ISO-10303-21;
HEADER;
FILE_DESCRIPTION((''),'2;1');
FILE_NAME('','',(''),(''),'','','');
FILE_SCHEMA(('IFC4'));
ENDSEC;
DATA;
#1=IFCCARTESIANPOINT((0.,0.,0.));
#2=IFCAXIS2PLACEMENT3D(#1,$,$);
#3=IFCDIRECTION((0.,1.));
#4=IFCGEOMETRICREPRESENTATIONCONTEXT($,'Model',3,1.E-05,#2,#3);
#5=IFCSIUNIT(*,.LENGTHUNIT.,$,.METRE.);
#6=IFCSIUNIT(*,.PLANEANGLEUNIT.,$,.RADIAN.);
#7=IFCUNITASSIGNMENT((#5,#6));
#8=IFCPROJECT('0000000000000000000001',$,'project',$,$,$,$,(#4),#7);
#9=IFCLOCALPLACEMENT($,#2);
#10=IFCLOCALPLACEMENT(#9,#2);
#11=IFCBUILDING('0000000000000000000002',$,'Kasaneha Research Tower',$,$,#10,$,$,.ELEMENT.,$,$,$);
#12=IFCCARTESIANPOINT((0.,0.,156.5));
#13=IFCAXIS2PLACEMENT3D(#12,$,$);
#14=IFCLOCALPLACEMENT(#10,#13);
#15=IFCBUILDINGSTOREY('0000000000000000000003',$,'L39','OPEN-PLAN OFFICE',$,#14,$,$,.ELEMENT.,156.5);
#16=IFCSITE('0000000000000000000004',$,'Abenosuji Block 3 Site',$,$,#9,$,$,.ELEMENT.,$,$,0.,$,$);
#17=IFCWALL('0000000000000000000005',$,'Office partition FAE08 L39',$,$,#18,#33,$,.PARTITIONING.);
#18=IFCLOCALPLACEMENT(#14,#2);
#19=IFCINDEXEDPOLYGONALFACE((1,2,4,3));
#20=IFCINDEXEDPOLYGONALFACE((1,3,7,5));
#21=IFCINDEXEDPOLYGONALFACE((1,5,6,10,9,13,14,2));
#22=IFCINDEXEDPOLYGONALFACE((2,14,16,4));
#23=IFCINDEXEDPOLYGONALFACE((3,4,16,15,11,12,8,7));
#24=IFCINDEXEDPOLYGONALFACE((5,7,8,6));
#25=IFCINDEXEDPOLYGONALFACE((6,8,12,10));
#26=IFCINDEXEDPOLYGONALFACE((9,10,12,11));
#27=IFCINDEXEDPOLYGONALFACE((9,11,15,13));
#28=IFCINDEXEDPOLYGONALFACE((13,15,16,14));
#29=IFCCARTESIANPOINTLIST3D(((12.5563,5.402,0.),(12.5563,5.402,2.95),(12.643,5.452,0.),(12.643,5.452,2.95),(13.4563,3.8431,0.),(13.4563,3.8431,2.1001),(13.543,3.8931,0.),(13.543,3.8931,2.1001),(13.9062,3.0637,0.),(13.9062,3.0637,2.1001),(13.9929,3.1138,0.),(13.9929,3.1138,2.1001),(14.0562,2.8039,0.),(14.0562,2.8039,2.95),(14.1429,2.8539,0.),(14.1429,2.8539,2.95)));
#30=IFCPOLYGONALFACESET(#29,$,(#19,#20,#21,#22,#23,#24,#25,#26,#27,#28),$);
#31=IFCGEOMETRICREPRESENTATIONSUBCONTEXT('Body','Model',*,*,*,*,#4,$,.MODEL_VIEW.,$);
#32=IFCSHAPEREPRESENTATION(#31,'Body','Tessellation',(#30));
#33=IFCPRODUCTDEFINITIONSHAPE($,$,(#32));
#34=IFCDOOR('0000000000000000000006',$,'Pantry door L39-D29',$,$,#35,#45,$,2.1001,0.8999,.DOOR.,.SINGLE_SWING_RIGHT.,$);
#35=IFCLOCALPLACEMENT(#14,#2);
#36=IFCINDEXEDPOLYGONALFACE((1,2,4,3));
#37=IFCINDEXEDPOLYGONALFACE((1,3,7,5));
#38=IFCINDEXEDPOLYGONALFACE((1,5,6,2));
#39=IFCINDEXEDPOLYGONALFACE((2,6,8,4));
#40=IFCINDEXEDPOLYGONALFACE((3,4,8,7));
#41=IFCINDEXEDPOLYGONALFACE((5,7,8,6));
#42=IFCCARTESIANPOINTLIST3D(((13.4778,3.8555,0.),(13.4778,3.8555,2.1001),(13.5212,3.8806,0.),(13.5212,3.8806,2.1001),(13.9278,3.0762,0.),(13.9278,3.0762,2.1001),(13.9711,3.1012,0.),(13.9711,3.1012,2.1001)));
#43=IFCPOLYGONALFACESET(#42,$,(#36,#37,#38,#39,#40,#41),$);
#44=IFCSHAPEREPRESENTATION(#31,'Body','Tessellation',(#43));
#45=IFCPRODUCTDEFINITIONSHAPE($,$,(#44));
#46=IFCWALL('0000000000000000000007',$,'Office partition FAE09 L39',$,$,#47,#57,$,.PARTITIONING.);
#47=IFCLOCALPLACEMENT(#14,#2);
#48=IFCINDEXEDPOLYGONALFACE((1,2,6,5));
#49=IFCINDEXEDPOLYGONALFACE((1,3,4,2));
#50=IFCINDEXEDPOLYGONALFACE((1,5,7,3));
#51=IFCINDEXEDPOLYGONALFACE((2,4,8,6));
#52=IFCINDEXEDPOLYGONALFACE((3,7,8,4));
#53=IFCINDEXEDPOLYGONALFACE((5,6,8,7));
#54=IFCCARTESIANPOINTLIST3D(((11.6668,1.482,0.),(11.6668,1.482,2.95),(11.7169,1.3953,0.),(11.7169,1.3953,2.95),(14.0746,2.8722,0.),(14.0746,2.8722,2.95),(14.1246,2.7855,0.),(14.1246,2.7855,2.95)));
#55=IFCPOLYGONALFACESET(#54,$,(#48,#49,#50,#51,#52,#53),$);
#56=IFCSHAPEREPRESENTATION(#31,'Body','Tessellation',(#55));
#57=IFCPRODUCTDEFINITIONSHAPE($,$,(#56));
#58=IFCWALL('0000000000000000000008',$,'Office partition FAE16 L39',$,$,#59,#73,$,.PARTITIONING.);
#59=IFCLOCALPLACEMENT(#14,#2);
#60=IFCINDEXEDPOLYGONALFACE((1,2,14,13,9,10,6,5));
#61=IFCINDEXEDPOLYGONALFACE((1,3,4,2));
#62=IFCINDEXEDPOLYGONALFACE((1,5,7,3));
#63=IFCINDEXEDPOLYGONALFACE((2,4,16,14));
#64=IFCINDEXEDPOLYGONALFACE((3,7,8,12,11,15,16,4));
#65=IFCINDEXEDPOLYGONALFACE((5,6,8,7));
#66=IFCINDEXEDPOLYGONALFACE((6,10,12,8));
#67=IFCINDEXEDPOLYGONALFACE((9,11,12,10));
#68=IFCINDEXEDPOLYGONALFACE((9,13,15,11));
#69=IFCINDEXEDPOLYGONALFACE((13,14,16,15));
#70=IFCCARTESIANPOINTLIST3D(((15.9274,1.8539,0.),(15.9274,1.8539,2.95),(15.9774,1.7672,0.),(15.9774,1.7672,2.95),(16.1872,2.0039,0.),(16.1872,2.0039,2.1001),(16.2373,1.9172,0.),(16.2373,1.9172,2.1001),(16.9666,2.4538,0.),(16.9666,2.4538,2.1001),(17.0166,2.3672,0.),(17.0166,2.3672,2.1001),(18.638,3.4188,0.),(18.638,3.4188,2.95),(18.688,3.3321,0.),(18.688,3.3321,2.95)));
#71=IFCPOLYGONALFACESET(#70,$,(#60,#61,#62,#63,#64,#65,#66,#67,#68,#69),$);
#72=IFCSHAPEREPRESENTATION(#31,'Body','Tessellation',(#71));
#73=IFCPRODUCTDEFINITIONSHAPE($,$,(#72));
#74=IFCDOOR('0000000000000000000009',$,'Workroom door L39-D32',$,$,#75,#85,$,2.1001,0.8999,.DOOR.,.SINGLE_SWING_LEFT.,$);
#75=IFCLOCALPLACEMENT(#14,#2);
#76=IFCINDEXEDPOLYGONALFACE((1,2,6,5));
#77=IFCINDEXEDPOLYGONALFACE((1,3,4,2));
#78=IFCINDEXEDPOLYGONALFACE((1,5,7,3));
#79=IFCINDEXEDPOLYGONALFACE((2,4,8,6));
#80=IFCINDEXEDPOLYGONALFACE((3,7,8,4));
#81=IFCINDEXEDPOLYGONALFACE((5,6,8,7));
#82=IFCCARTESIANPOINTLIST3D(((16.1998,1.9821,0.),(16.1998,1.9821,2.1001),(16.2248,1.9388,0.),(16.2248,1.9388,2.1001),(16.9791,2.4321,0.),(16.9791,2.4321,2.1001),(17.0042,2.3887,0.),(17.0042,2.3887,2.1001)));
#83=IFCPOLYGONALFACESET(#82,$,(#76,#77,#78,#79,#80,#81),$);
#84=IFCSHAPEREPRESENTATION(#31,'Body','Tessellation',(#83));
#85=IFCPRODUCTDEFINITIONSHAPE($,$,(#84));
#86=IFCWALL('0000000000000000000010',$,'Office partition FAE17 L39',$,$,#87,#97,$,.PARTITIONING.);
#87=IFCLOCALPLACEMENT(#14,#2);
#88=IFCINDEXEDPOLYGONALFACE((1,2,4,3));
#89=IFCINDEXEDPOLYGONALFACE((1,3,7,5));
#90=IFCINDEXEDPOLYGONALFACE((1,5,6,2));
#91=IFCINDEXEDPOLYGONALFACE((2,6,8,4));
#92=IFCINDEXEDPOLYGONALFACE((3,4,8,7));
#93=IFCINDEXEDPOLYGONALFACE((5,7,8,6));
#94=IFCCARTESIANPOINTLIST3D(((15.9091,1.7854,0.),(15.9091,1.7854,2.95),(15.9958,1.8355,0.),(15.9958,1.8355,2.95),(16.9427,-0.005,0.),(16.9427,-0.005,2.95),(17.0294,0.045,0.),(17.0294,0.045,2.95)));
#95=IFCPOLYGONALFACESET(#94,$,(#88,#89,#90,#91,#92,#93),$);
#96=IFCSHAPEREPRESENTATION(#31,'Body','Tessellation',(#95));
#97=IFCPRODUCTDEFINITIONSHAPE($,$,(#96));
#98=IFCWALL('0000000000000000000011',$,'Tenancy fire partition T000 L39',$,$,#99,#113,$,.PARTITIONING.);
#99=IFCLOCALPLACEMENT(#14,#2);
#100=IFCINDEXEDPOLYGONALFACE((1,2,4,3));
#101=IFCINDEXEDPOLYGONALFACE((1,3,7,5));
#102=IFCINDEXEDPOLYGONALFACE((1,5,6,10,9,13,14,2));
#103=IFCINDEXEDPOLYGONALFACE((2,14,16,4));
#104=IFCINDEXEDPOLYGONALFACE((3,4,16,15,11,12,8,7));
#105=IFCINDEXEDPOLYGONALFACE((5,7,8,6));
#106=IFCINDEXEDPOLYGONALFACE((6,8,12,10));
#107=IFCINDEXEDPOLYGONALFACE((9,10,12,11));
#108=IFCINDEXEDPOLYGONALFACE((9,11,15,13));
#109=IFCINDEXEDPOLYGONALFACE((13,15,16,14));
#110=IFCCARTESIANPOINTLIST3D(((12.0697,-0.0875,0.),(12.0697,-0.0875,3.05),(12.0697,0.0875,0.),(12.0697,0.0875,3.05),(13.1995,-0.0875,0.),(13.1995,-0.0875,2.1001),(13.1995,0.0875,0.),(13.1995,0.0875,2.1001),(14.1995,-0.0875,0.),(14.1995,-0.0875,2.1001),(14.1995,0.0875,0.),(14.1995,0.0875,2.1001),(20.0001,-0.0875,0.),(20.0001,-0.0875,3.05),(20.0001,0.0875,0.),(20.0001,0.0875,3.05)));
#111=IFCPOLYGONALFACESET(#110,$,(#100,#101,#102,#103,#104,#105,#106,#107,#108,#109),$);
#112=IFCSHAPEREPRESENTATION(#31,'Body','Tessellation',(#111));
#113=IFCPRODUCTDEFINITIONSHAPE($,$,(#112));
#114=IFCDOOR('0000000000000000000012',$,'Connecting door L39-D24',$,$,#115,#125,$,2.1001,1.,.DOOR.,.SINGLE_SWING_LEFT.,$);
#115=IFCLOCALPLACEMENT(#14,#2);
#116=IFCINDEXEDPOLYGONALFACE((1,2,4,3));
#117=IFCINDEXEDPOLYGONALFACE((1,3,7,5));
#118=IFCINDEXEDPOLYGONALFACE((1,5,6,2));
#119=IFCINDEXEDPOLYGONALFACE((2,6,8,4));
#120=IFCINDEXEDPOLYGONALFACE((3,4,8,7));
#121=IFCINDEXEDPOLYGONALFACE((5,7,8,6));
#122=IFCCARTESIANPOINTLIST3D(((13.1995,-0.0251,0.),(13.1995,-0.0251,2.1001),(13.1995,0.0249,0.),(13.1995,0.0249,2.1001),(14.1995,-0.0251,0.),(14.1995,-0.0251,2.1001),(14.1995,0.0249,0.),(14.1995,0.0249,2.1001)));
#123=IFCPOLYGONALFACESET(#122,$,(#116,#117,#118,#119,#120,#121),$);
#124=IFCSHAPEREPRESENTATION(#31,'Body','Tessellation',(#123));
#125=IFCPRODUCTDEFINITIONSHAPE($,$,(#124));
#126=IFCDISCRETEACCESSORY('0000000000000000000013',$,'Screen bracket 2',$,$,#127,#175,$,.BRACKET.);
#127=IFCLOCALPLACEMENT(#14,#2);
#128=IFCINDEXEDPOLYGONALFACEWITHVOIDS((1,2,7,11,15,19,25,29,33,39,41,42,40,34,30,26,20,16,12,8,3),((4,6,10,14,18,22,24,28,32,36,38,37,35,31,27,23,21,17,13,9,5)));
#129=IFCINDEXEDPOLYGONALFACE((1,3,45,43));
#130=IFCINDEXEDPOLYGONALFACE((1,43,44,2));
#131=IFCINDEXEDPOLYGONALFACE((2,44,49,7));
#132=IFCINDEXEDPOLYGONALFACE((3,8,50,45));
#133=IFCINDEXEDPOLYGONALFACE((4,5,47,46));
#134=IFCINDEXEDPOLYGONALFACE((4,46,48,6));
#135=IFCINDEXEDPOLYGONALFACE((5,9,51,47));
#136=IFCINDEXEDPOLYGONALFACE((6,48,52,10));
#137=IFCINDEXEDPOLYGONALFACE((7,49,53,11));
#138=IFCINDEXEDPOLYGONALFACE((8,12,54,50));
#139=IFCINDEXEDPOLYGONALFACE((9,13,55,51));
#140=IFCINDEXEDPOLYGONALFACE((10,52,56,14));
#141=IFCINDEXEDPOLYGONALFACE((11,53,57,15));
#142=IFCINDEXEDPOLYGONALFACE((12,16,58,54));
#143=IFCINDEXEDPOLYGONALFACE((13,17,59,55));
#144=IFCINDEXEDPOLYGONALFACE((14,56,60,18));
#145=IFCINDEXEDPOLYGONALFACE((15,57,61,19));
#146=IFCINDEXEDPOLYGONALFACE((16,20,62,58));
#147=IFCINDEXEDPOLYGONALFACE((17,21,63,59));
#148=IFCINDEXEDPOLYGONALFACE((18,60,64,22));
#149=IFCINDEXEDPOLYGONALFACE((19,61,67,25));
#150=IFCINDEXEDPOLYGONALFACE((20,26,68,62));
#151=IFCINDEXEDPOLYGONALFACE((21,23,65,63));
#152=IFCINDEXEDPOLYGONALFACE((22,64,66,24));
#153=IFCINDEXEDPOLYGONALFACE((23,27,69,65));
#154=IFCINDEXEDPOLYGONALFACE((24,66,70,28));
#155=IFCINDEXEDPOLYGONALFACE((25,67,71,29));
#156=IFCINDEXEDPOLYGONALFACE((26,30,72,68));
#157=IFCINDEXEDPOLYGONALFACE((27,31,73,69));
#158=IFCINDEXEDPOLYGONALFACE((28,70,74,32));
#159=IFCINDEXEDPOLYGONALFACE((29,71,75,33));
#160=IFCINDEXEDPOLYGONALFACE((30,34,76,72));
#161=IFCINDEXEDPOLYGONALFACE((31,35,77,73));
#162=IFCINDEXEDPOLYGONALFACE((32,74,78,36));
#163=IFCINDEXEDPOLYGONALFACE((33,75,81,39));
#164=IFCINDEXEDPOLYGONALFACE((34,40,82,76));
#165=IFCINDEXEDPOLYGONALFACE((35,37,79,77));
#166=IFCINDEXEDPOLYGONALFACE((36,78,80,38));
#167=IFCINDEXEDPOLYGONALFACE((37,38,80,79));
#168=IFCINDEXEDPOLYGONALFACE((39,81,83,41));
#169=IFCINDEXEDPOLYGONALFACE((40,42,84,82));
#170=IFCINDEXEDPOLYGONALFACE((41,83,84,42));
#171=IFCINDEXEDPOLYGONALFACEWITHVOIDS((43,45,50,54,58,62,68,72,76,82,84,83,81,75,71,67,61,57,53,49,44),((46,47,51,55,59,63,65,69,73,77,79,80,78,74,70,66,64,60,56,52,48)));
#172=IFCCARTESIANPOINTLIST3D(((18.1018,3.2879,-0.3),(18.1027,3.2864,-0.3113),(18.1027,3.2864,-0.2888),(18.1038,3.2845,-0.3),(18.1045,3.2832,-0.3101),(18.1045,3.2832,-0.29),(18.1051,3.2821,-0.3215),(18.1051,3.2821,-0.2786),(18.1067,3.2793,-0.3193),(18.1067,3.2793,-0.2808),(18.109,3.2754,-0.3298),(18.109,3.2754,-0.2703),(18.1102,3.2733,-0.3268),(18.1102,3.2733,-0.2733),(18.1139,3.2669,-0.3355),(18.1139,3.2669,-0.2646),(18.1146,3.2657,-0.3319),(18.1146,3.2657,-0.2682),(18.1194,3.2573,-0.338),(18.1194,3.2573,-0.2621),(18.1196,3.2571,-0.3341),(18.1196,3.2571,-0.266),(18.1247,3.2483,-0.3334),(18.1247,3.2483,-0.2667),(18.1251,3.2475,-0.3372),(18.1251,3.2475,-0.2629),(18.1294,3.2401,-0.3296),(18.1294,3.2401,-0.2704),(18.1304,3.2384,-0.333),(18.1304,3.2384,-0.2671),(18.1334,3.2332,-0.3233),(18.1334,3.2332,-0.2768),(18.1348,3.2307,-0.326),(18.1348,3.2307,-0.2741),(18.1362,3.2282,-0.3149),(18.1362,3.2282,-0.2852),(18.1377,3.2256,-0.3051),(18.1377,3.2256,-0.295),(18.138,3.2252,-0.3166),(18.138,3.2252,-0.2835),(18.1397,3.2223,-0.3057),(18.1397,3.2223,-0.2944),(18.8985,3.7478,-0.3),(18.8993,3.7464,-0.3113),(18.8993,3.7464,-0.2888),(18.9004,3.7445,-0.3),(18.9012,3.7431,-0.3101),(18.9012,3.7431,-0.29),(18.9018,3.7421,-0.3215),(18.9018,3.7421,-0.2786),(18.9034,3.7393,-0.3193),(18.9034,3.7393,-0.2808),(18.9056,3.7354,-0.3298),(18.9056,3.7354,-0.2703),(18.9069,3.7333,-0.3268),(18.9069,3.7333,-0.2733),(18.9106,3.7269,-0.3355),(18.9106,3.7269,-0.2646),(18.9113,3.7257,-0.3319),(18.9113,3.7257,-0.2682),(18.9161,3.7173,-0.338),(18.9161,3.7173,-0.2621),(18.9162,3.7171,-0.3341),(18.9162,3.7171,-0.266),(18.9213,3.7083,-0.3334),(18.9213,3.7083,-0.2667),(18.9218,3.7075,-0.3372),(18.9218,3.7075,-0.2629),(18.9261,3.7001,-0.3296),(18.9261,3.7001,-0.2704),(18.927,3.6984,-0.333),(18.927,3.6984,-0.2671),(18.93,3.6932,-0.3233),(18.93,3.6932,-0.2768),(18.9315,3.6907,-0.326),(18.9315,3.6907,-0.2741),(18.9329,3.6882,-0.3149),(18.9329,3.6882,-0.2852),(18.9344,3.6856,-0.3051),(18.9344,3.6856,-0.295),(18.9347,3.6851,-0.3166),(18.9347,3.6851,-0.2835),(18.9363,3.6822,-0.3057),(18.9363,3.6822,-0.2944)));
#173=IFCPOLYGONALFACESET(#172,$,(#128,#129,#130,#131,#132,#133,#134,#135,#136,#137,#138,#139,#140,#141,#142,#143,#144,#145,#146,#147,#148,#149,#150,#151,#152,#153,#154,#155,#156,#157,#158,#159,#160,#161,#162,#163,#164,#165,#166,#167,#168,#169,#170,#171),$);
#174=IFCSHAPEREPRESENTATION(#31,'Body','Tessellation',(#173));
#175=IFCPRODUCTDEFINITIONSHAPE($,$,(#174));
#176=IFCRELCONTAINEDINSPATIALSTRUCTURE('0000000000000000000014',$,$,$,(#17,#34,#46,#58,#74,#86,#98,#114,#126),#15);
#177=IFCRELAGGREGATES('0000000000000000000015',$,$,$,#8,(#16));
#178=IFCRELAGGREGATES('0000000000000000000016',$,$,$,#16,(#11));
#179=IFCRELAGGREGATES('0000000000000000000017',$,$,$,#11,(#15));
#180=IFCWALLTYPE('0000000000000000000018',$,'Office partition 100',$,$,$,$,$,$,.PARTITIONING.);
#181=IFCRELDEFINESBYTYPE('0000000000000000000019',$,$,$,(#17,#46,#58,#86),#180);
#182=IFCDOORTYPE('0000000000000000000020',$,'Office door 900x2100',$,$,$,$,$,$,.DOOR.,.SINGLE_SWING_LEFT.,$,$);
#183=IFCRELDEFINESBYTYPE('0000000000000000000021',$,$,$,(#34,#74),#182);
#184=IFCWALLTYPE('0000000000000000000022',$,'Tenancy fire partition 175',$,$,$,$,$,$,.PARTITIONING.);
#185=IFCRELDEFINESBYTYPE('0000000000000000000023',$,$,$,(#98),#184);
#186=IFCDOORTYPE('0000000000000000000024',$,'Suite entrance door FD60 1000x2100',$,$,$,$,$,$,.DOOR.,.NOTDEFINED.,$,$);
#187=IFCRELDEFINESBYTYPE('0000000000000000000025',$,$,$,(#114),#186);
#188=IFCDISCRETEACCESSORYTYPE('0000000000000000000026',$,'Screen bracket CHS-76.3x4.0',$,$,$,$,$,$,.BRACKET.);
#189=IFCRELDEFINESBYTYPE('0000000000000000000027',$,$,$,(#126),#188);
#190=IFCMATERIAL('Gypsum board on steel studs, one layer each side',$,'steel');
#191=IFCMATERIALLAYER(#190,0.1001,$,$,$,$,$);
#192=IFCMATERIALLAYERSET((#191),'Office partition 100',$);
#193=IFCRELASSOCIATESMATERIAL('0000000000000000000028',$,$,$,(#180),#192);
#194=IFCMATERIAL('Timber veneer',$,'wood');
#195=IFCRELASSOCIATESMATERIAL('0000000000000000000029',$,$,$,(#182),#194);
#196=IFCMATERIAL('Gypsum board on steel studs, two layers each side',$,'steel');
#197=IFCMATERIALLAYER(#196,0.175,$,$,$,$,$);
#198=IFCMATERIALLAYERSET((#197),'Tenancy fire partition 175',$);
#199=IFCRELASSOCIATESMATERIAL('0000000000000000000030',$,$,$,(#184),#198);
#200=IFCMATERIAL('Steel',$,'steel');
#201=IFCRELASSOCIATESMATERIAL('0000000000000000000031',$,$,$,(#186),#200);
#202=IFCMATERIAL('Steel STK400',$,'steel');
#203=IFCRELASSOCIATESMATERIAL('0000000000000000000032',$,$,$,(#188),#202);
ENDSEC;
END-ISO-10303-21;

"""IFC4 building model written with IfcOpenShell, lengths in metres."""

from ifc_helpers import new_model, si_unit, direction, frame, frame_2d, origin, origin_2d, place, context, subcontext, project, spatial, rectangle, hollow_circle, extrude, material, layer, layer_set, material_profile, profile_set, type_object, element, fill, save


model = new_model("IFC4")

# Units and contexts
model_context = context("Model", 3, precision=1e-05, world=origin(), true_north=direction((0.0, 1.0)))
body_context = subcontext(model_context, "Body", "Model", "MODEL_VIEW")
ifc_project = project(units=[si_unit("LENGTHUNIT", "METRE"), si_unit("PLANEANGLEUNIT", "RADIAN")], contexts=[model_context])

# Site, building, storey
site_placement = place(None, origin())
site = spatial("IfcSite", under=ifc_project, at=site_placement, Name="Abenosuji Block 3 Site", CompositionType="ELEMENT", RefElevation=0.0)
building_placement = place(site_placement, origin())
building = spatial("IfcBuilding", under=site, at=building_placement, Name="Kasaneha Research Tower", CompositionType="ELEMENT")
storey_placement = place(building_placement, frame((0.0, 0.0, 156.5)))
storey = spatial("IfcBuildingStorey", under=building, at=storey_placement, Name="L39", Description="OPEN-PLAN OFFICE", CompositionType="ELEMENT", Elevation=156.5)

# Shared definitions
ifc_material_1 = material(Name="Gypsum board on steel studs, one layer each side", Category="steel")
ifc_layer_1 = layer(ifc_material_1, 0.1001)
ifc_layer_set_1 = layer_set([ifc_layer_1], Name="Office partition 100")
wall_type_1 = type_object("IfcWallType", Name="Office partition 100", PredefinedType="PARTITIONING", material=ifc_layer_set_1)

# Wall, opening, door
wall_1_placement = place(storey_placement, frame((12.5996, 5.427, 0.0), z_axis=(0.0, 0.0, 1.0), x_axis=(0.49999, -0.866031, 0.0)))
wall_1 = element("IfcWall", 1, at=wall_1_placement, inside=storey, type_object=wall_type_1, Name="Office partition FAE08 L39", PredefinedType="PARTITIONING", context=body_context, shape_type="SweptSolid", body=[
    extrude(rectangle(XDim=3.0, YDim=0.1001, at=frame_2d((1.5, 0.0))), origin(), (0.0, 0.0, 1.0), 2.95),
])
opening_1_placement = place(wall_1_placement, frame((1.8, 0.0, 0.0)))
opening_1 = element("IfcOpeningElement", 2, at=opening_1_placement, cuts=wall_1, PredefinedType="OPENING", context=body_context, shape_type="SweptSolid", body=[
    extrude(rectangle(XDim=0.8999, YDim=2.1001, at=frame_2d((0.45, 1.05))), frame((0.0, 0.0601, 0.0), z_axis=(0.0, -1.0, 0.0), x_axis=(1.0, 0.0, 0.0)), (0.0, 0.0, 1.0), 0.1201),
])
ifc_material_2 = material(Name="Timber veneer", Category="wood")
door_type_1 = type_object("IfcDoorType", Name="Office door 900x2100", OperationType="SINGLE_SWING_LEFT", PredefinedType="DOOR", material=ifc_material_2)
door_1_placement = place(opening_1_placement, origin())
door_1 = element("IfcDoor", 3, at=door_1_placement, inside=storey, type_object=door_type_1, Name="Pantry door L39-D29", OperationType="SINGLE_SWING_RIGHT", OverallHeight=2.1001, OverallWidth=0.8999, PredefinedType="DOOR", context=body_context, shape_type="SweptSolid", body=[
    extrude(rectangle(XDim=0.8999, YDim=2.1001, at=frame_2d((0.45, 1.05))), frame((0.0, 0.0249, 0.0), z_axis=(0.0, -1.0, 0.0), x_axis=(1.0, 0.0, 0.0)), (0.0, 0.0, 1.0), 0.05),
])
fill(opening_1, door_1)

# Wall
wall_2_placement = place(storey_placement, frame((14.0996, 2.8289, 0.0), z_axis=(0.0, 0.0, 1.0), x_axis=(-0.866019, -0.500011, 0.0)))
element("IfcWall", 4, at=wall_2_placement, inside=storey, type_object=wall_type_1, Name="Office partition FAE09 L39", PredefinedType="PARTITIONING", context=body_context, shape_type="SweptSolid", body=[
    extrude(rectangle(XDim=2.7803, YDim=0.1001, at=frame_2d((1.3901, 0.0))), origin(), (0.0, 0.0, 1.0), 2.95),
])

# Wall, opening, door
wall_3_placement = place(storey_placement, frame((15.9524, 1.8105, 0.0), z_axis=(0.0, 0.0, 1.0), x_axis=(0.866036, 0.499981, 0.0)))
wall_3 = element("IfcWall", 5, at=wall_3_placement, inside=storey, type_object=wall_type_1, Name="Office partition FAE16 L39", PredefinedType="PARTITIONING", context=body_context, shape_type="SweptSolid", body=[
    extrude(rectangle(XDim=3.1299, YDim=0.1001, at=frame_2d((1.5649, 0.0))), origin(), (0.0, 0.0, 1.0), 2.95),
])
opening_2_placement = place(wall_3_placement, frame((0.3, 0.0, 0.0)))
opening_2 = element("IfcOpeningElement", 6, at=opening_2_placement, cuts=wall_3, PredefinedType="OPENING", context=body_context, shape_type="SweptSolid", body=[
    extrude(rectangle(XDim=0.8999, YDim=2.1001, at=frame_2d((0.45, 1.05))), frame((0.0, 0.0601, 0.0), z_axis=(0.0, -1.0, 0.0), x_axis=(1.0, 0.0, 0.0)), (0.0, 0.0, 1.0), 0.1201),
])
door_2_placement = place(opening_2_placement, origin())
door_2 = element("IfcDoor", 7, at=door_2_placement, inside=storey, type_object=door_type_1, Name="Workroom door L39-D32", OperationType="SINGLE_SWING_LEFT", OverallHeight=2.1001, OverallWidth=0.8999, PredefinedType="DOOR", context=body_context, shape_type="SweptSolid", body=[
    extrude(rectangle(XDim=0.8999, YDim=2.1001, at=frame_2d((0.45, 1.05))), frame((0.0, 0.0249, 0.0), z_axis=(0.0, -1.0, 0.0), x_axis=(1.0, 0.0, 0.0)), (0.0, 0.0, 1.0), 0.05),
])
fill(opening_2, door_2)

# Wall
wall_4_placement = place(storey_placement, frame((16.9861, 0.02, 0.0), z_axis=(0.0, 0.0, 1.0), x_axis=(-0.499975, 0.86604, 0.0)))
element("IfcWall", 8, at=wall_4_placement, inside=storey, type_object=wall_type_1, Name="Office partition FAE17 L39", PredefinedType="PARTITIONING", context=body_context, shape_type="SweptSolid", body=[
    extrude(rectangle(XDim=2.0674, YDim=0.1001, at=frame_2d((1.0337, 0.0))), origin(), (0.0, 0.0, 1.0), 2.95),
])

# Wall, opening, door
ifc_material_3 = material(Name="Gypsum board on steel studs, two layers each side", Category="steel")
ifc_layer_2 = layer(ifc_material_3, 0.175)
ifc_layer_set_2 = layer_set([ifc_layer_2], Name="Tenancy fire partition 175")
wall_type_2 = type_object("IfcWallType", Name="Tenancy fire partition 175", PredefinedType="PARTITIONING", material=ifc_layer_set_2)
wall_5_placement = place(storey_placement, frame((12.0696, 0.0, 0.0), z_axis=(0.0, 0.0, 1.0), x_axis=(1.0, 0.0, 0.0)))
wall_5 = element("IfcWall", 9, at=wall_5_placement, inside=storey, type_object=wall_type_2, Name="Tenancy fire partition T000 L39", PredefinedType="PARTITIONING", context=body_context, shape_type="SweptSolid", body=[
    extrude(rectangle(XDim=7.9304, YDim=0.175, at=frame_2d((3.9653, 0.0))), origin(), (0.0, 0.0, 1.0), 3.05),
])
opening_3_placement = place(wall_5_placement, frame((1.1299, 0.0, 0.0)))
opening_3 = element("IfcOpeningElement", 10, at=opening_3_placement, cuts=wall_5, PredefinedType="OPENING", context=body_context, shape_type="SweptSolid", body=[
    extrude(rectangle(XDim=1.0, YDim=2.1001, at=frame_2d((0.5, 1.05))), frame((0.0, 0.0977, 0.0), z_axis=(0.0, -1.0, 0.0), x_axis=(1.0, 0.0, 0.0)), (0.0, 0.0, 1.0), 0.1951),
])
ifc_material_4 = material(Name="Steel", Category="steel")
door_type_2 = type_object("IfcDoorType", Name="Suite entrance door FD60 1000x2100", OperationType="NOTDEFINED", PredefinedType="DOOR", material=ifc_material_4)
door_3_placement = place(opening_3_placement, origin())
door_3 = element("IfcDoor", 11, at=door_3_placement, inside=storey, type_object=door_type_2, Name="Connecting door L39-D24", OperationType="SINGLE_SWING_LEFT", OverallHeight=2.1001, OverallWidth=1.0, PredefinedType="DOOR", context=body_context, shape_type="SweptSolid", body=[
    extrude(rectangle(XDim=1.0, YDim=2.1001, at=frame_2d((0.5, 1.05))), frame((0.0, 0.0249, 0.0), z_axis=(0.0, -1.0, 0.0), x_axis=(1.0, 0.0, 0.0)), (0.0, 0.0, 1.0), 0.05),
])
fill(opening_3, door_3)

# Discrete accessory
ifc_material_5 = material(Name="Steel STK400", Category="steel")
ifc_material_profile_1 = material_profile(ifc_material_5, hollow_circle(Radius=0.0381, WallThickness=0.0039, at=origin_2d()), Name="CHS-76.3x4.0")
ifc_profile_set_1 = profile_set([ifc_material_profile_1], Name="Steel STK400")
discrete_accessory_type = type_object("IfcDiscreteAccessoryType", Name="Screen bracket CHS-76.3x4.0", PredefinedType="BRACKET", material=ifc_profile_set_1)
for number, where, z_axis, x_axis, name in (
    (12, (18.1208, 3.2549, -0.3), (0.866013, 0.500021, 0.0), (-0.500021, 0.866013, 0.0), "Screen bracket 2"),
):
    element("IfcDiscreteAccessory", number, at=place(storey_placement, frame(where, z_axis=z_axis, x_axis=x_axis)), inside=storey, type_object=discrete_accessory_type, Name=name, PredefinedType="BRACKET", context=body_context, shape_type="SweptSolid", body=[
        extrude(hollow_circle(Radius=0.0381, WallThickness=0.0039, at=origin_2d()), origin(), (0.0, 0.0, 1.0), 0.9199),
    ])

save(model, "model.ifc")
